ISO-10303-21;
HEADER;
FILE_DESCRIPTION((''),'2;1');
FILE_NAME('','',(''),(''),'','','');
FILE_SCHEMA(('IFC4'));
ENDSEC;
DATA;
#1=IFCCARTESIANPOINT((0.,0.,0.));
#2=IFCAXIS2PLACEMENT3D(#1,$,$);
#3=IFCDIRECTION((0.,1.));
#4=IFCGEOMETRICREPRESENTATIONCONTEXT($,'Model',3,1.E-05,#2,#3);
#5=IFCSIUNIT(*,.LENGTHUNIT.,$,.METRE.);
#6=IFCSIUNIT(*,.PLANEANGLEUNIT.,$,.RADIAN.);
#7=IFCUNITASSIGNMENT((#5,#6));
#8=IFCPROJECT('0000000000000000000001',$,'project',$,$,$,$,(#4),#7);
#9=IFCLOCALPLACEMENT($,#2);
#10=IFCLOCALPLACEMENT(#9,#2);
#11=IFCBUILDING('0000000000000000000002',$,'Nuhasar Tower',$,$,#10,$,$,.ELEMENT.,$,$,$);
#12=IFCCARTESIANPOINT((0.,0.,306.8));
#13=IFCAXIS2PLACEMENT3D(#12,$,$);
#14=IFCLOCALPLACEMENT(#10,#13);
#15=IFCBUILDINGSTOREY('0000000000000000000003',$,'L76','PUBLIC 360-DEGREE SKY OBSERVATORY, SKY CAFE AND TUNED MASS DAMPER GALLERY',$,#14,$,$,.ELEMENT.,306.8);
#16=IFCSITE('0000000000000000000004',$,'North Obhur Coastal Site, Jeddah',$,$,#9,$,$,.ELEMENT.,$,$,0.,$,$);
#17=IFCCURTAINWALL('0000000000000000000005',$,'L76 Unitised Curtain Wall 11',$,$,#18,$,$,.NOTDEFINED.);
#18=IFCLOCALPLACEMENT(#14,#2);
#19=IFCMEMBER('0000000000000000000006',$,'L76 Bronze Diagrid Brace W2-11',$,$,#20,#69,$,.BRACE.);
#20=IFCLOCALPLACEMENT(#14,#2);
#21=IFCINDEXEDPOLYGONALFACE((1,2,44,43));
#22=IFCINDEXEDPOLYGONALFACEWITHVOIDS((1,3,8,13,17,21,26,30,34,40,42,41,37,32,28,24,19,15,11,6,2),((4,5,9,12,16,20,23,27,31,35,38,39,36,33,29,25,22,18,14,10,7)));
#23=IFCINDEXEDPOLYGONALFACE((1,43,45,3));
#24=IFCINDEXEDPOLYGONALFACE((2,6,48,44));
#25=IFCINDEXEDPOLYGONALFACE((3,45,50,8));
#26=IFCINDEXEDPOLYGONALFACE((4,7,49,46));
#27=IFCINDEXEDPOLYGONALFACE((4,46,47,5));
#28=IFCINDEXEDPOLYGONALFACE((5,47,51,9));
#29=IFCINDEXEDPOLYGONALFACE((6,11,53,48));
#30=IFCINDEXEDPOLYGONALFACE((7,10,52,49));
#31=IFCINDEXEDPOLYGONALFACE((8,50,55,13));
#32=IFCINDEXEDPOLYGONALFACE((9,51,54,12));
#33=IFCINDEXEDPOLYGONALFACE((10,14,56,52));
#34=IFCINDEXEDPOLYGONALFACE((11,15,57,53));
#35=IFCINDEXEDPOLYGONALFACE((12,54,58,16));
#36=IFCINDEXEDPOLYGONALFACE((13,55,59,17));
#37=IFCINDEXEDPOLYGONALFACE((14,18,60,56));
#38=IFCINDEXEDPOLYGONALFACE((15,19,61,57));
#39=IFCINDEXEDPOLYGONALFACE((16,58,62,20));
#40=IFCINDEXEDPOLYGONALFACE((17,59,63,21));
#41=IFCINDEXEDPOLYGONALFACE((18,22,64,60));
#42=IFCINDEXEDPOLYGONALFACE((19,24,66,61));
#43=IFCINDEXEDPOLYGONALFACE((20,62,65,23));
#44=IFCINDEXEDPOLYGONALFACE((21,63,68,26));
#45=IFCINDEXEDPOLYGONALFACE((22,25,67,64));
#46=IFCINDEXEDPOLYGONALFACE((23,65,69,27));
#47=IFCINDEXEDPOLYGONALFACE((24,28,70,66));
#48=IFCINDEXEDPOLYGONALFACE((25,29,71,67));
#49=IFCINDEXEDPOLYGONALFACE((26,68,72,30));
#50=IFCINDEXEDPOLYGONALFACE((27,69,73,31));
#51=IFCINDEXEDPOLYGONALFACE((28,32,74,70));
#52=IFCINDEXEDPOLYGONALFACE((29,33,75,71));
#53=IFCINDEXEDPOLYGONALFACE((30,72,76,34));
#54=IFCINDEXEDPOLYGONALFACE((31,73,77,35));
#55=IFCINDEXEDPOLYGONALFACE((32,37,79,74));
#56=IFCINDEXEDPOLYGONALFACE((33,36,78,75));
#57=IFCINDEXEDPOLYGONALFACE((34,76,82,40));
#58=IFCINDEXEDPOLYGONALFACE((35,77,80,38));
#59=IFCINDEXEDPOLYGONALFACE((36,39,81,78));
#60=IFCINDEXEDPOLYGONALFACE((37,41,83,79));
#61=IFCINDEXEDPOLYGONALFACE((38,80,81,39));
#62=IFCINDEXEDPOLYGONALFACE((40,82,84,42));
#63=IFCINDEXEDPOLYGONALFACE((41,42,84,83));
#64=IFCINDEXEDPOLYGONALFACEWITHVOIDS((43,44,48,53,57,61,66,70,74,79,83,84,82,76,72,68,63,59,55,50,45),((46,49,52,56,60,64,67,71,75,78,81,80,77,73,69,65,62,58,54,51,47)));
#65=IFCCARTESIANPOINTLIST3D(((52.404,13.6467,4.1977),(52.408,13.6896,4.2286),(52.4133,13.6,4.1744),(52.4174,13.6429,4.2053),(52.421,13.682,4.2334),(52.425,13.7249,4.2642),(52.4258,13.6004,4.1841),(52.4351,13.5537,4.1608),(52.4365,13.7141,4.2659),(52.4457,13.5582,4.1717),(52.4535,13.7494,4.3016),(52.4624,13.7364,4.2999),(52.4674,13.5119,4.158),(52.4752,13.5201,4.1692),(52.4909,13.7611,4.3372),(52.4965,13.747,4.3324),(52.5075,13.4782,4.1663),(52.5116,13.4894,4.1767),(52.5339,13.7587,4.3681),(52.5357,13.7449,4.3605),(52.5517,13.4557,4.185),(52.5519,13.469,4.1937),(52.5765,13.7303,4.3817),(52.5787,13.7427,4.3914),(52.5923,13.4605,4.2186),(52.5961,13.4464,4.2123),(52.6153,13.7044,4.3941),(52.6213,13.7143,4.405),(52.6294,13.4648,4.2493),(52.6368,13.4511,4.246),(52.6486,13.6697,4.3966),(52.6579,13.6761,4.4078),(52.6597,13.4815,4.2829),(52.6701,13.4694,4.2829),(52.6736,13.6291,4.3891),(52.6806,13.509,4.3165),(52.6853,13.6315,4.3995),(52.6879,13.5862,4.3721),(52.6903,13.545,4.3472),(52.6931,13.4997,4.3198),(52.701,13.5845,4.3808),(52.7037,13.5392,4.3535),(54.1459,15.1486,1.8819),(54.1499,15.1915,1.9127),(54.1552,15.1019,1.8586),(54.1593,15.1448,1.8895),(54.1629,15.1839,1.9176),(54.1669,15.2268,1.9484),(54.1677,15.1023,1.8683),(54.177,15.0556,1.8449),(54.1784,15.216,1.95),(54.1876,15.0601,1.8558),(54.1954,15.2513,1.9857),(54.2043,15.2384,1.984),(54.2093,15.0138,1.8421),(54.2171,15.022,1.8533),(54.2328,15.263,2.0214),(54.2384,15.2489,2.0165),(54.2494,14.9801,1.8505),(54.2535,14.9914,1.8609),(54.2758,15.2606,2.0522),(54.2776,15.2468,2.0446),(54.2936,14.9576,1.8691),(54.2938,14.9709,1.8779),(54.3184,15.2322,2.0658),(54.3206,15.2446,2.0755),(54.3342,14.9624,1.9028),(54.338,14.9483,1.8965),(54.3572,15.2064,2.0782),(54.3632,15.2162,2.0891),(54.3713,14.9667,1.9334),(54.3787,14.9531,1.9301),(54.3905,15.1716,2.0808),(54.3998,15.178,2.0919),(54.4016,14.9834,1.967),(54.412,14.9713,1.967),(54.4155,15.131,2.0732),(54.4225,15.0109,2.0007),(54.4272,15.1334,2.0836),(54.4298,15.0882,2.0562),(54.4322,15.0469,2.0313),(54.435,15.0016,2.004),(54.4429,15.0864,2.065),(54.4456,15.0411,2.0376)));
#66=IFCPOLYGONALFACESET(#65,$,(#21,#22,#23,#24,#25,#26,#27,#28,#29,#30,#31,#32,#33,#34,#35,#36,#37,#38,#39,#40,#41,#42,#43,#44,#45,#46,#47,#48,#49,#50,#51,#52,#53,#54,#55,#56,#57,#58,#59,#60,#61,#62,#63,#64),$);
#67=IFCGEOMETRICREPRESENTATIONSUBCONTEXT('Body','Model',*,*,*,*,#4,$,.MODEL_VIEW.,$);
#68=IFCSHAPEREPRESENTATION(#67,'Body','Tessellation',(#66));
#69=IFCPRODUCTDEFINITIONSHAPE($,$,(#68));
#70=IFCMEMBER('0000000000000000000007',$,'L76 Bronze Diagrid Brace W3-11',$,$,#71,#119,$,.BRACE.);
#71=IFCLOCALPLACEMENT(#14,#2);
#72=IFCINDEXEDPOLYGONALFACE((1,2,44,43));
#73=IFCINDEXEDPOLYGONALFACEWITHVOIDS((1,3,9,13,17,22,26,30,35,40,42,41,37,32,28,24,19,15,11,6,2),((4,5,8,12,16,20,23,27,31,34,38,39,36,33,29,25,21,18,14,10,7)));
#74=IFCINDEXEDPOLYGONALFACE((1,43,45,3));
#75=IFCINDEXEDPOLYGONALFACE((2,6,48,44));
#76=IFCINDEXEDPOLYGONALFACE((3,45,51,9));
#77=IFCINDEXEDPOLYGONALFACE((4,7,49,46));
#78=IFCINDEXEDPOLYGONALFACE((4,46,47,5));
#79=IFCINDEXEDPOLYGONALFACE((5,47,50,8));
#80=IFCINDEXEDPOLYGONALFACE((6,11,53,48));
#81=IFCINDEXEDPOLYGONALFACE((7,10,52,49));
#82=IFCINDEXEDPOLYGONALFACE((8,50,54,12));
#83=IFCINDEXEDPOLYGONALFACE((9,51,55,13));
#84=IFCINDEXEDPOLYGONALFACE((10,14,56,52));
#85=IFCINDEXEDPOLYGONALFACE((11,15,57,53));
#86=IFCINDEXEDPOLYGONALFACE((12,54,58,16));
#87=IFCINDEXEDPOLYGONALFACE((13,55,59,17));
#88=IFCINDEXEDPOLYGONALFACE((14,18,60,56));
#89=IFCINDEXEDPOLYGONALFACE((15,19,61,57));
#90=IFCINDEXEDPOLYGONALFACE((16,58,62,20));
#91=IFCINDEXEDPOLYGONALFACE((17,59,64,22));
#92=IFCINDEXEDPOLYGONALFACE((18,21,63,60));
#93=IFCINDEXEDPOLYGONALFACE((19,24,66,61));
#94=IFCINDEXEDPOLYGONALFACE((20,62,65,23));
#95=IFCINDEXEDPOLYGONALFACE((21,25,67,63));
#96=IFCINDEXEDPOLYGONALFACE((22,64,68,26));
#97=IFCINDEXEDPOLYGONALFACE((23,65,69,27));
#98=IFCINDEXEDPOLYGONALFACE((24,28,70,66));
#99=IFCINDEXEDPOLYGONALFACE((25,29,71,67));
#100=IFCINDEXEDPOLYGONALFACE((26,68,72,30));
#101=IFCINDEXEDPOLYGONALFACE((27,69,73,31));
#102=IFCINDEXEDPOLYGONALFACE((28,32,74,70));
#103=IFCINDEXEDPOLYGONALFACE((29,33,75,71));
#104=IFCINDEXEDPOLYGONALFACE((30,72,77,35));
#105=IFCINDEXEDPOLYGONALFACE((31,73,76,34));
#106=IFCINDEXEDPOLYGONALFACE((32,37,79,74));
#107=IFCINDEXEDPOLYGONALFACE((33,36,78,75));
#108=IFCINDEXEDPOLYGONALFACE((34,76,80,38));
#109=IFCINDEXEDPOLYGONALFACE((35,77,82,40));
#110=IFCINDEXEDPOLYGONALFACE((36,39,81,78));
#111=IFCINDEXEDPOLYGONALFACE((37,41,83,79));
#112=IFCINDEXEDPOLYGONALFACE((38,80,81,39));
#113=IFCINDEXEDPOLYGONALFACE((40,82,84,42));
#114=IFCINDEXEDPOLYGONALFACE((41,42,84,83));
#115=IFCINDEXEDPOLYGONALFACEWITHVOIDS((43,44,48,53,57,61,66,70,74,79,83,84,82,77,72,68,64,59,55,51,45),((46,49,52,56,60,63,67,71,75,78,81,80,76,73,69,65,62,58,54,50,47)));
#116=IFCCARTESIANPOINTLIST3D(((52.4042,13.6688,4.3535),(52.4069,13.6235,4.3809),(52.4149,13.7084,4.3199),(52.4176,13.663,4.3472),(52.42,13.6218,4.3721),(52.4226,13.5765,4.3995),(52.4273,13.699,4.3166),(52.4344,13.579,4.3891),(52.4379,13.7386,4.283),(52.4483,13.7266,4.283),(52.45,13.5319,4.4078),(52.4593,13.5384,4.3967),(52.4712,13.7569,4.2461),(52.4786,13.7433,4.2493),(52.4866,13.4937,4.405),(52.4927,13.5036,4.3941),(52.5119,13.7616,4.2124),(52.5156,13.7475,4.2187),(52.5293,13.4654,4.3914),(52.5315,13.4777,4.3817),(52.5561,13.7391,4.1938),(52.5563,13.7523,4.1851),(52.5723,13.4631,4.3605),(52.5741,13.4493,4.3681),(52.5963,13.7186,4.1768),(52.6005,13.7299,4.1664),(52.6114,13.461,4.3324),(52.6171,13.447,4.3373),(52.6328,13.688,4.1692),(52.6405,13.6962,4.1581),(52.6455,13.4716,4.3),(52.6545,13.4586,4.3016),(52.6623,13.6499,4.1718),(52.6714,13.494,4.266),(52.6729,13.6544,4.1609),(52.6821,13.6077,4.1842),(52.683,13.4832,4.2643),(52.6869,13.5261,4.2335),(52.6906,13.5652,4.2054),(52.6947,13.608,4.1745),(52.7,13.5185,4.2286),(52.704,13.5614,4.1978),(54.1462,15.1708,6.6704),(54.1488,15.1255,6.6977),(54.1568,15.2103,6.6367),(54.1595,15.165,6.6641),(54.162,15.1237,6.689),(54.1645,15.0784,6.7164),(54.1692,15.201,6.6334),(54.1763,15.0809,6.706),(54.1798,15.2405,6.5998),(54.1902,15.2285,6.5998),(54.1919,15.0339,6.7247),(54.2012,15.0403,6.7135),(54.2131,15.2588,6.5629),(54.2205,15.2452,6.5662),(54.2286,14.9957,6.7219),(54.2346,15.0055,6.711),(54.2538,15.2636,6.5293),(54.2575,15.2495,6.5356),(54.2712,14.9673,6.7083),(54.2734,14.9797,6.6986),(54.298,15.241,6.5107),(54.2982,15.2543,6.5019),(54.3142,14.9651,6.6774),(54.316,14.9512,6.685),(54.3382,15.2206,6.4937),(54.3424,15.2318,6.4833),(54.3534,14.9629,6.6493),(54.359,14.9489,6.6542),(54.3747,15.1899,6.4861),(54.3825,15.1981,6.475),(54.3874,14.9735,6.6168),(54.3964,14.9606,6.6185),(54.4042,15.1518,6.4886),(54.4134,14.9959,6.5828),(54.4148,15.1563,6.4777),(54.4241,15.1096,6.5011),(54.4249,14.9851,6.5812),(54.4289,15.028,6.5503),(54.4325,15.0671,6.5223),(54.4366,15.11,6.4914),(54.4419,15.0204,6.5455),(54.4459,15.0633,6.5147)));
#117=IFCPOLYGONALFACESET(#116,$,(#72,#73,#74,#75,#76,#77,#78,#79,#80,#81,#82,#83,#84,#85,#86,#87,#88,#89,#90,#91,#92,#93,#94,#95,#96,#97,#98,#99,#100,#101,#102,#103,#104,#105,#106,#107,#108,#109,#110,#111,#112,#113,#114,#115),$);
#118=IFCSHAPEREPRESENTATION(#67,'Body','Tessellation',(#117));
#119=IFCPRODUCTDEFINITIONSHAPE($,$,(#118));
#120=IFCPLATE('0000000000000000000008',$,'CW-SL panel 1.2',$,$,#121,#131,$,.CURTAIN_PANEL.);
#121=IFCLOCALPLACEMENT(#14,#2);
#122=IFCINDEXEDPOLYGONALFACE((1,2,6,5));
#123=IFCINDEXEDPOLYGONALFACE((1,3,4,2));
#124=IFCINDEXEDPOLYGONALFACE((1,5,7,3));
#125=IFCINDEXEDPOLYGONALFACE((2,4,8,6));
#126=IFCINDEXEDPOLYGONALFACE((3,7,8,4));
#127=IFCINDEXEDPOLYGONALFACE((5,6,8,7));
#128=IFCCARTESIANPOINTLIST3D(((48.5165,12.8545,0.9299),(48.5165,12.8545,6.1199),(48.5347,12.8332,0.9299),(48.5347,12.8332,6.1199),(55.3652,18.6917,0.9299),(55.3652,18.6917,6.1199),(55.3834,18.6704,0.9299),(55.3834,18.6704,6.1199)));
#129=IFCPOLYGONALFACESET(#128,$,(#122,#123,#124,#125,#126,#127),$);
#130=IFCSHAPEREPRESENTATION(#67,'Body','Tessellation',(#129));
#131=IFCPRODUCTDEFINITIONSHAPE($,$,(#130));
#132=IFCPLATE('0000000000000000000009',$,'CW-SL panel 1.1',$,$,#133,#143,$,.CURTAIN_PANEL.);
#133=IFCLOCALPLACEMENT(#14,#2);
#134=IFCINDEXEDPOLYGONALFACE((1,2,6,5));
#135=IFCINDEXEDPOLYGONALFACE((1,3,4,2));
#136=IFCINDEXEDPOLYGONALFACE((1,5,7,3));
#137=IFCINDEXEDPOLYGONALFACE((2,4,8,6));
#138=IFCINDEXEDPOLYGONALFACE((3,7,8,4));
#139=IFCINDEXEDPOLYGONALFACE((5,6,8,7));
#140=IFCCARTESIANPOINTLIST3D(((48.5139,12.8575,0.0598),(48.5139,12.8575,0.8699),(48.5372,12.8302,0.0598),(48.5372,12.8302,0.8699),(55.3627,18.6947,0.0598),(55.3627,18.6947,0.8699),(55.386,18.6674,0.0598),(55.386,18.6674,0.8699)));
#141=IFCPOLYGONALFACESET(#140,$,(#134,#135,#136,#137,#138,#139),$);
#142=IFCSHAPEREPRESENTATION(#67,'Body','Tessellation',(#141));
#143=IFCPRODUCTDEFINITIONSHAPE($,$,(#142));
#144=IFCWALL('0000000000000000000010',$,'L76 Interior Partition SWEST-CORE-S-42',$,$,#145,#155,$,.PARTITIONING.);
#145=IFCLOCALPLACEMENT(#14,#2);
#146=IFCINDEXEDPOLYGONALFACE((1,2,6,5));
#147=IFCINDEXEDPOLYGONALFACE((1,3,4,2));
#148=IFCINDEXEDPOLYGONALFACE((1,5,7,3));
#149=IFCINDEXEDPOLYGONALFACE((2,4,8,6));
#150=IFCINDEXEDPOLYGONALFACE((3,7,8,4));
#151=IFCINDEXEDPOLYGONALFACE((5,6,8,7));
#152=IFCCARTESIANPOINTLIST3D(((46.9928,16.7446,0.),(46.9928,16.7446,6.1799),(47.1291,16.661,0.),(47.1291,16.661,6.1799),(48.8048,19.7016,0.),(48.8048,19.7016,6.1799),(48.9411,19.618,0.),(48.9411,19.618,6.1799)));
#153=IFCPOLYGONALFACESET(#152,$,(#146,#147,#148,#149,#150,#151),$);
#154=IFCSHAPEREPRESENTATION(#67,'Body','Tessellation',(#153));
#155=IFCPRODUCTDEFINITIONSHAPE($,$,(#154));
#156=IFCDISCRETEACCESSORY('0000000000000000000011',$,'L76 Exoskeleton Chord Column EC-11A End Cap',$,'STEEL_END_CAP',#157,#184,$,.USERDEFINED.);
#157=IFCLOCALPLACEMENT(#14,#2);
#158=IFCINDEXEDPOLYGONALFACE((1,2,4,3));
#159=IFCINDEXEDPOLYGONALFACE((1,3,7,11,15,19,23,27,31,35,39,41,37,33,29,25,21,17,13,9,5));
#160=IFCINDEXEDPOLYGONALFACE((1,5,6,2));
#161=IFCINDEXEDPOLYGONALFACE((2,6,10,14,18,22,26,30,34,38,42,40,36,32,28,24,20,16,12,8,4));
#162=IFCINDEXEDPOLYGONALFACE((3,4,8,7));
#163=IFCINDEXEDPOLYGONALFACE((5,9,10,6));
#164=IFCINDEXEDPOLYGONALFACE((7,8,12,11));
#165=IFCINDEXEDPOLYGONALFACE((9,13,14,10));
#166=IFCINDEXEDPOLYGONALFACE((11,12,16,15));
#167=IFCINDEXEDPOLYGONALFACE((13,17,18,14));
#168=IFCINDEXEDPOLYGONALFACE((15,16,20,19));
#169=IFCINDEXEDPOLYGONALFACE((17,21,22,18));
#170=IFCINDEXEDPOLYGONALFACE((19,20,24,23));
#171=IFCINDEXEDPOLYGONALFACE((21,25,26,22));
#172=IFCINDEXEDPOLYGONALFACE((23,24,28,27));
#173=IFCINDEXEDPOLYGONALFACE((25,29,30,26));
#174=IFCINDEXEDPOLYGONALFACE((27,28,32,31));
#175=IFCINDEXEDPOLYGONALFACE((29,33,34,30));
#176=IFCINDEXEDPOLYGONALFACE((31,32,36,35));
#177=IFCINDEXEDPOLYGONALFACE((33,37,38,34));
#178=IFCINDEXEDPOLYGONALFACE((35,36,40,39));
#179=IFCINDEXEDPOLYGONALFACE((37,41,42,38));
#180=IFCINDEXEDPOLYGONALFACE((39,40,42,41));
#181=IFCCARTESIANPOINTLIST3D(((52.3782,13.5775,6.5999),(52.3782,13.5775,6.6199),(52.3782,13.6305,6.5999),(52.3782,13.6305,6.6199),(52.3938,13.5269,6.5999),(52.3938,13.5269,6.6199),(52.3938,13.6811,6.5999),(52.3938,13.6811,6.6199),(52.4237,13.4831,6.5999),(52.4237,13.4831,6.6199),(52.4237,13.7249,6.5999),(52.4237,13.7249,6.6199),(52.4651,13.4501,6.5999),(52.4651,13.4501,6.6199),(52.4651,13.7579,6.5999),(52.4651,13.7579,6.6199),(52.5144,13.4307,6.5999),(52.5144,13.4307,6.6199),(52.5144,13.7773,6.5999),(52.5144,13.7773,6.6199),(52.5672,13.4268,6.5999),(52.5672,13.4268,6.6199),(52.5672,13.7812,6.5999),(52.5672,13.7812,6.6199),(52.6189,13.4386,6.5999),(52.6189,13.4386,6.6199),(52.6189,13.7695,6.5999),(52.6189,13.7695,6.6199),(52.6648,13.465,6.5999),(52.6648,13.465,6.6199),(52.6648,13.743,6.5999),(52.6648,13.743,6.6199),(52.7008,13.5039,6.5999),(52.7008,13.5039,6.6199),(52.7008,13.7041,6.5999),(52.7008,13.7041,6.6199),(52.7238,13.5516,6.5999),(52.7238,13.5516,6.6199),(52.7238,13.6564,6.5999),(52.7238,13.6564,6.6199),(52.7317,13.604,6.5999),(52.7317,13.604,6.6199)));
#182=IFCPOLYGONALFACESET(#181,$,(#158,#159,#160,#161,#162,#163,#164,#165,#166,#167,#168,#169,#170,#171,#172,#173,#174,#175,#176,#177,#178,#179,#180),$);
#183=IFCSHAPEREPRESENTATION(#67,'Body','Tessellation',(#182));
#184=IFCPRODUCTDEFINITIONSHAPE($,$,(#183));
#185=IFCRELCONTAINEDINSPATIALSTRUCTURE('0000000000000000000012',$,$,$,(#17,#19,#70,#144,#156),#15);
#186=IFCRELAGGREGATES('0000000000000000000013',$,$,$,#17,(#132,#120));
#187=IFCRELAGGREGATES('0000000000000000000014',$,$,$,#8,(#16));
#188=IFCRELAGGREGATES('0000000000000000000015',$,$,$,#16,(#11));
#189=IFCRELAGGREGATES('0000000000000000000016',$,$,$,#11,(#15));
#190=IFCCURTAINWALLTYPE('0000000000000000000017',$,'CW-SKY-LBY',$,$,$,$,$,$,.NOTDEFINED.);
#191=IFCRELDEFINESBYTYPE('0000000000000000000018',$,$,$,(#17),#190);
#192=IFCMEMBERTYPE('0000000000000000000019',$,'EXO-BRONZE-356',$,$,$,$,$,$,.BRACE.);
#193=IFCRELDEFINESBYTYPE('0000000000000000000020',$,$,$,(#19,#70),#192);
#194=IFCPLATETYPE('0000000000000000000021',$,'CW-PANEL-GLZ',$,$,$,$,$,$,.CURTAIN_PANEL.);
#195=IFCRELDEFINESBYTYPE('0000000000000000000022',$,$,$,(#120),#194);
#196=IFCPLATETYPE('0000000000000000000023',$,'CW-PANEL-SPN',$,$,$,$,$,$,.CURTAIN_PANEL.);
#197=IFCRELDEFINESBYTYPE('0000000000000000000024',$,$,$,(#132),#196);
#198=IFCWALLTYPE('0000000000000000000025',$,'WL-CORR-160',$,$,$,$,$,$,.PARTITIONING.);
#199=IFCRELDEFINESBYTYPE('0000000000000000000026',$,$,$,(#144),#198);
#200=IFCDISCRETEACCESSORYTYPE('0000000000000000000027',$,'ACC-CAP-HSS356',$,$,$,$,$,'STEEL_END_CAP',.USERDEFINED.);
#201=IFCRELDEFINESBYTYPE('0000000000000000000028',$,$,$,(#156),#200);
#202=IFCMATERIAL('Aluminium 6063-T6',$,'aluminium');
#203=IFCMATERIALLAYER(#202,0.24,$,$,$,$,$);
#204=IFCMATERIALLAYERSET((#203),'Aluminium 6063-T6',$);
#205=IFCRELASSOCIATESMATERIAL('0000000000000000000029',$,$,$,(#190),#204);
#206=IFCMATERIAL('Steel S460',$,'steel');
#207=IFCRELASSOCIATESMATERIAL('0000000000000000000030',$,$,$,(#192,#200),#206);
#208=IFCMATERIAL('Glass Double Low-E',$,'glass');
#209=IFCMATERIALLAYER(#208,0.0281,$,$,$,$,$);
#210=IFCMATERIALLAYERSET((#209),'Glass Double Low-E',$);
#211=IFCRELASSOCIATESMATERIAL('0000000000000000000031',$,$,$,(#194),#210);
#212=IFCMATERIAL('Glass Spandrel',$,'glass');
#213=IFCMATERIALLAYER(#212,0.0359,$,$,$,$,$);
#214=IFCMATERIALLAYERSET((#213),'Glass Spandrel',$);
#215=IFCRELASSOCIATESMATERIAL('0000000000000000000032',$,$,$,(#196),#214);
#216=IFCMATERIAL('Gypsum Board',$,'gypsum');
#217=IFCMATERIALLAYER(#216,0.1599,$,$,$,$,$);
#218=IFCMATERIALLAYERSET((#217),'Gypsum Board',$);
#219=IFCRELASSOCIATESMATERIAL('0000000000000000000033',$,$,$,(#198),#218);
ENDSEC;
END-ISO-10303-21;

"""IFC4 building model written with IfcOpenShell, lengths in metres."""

from ifc_helpers import new_model, si_unit, direction, frame, frame_2d, origin, origin_2d, place, context, subcontext, project, spatial, rectangle, circle, hollow_circle, extrude, material, layer, layer_set, material_profile, profile_set, type_object, element, aggregate, save


model = new_model("IFC4")

# Units and contexts
model_context = context("Model", 3, precision=1e-05, world=origin(), true_north=direction((0.0, 1.0)))
body_context = subcontext(model_context, "Body", "Model", "MODEL_VIEW")
ifc_project = project(units=[si_unit("LENGTHUNIT", "METRE"), si_unit("PLANEANGLEUNIT", "RADIAN")], contexts=[model_context])

# Site, building, storey
site_placement = place(None, origin())
site = spatial("IfcSite", under=ifc_project, at=site_placement, Name="North Obhur Coastal Site, Jeddah", CompositionType="ELEMENT", RefElevation=0.0)
building_placement = place(site_placement, origin())
building = spatial("IfcBuilding", under=site, at=building_placement, Name="Nuhasar Tower", CompositionType="ELEMENT")
storey_placement = place(building_placement, frame((0.0, 0.0, 306.8)))
storey = spatial("IfcBuildingStorey", under=building, at=storey_placement, Name="L76", Description="PUBLIC 360-DEGREE SKY OBSERVATORY, SKY CAFE AND TUNED MASS DAMPER GALLERY", CompositionType="ELEMENT", Elevation=306.8)

# Shared definitions
ifc_material_1 = material(Name="Steel S460", Category="steel")

# Shared definitions
ifc_material_2 = material(Name="Aluminium 6063-T6", Category="aluminium")
ifc_layer_1 = layer(ifc_material_2, 0.24)
ifc_layer_set_1 = layer_set([ifc_layer_1], Name="Aluminium 6063-T6")
curtain_wall_type = type_object("IfcCurtainWallType", Name="CW-SKY-LBY", PredefinedType="NOTDEFINED", material=ifc_layer_set_1)

# Curtain wall
curtain_wall_1_placement = place(storey_placement, origin())
curtain_wall_1 = element("IfcCurtainWall", 1, at=curtain_wall_1_placement, inside=storey, type_object=curtain_wall_type, Name="L76 Unitised Curtain Wall 11", PredefinedType="NOTDEFINED")

# Members
ifc_material_profile_1 = material_profile(ifc_material_1, hollow_circle(Radius=0.1777, WallThickness=0.0159, at=origin_2d()), Name="HSS355.6X15.9")
ifc_profile_set_1 = profile_set([ifc_material_profile_1], Name="Steel S460")
member_type_1 = type_object("IfcMemberType", Name="EXO-BRONZE-356", PredefinedType="BRACE", material=ifc_profile_set_1)
member_1_placement = place(storey_placement, frame((54.2959, 15.106, 1.967), z_axis=(-0.533683, -0.460157, 0.709533), x_axis=(0.653009, -0.75735, 0.0)))
element("IfcMember", 2, at=member_1_placement, inside=storey, type_object=member_type_1, Name="L76 Bronze Diagrid Brace W2-11", PredefinedType="BRACE", context=body_context, shape_type="SweptSolid", body=[
    extrude(hollow_circle(Radius=0.1777, WallThickness=0.0159, at=origin_2d()), origin(), (0.0, 0.0, 1.0), 3.2639),
])
member_2_placement = place(storey_placement, frame((52.554, 13.604, 4.283), z_axis=(0.53357, 0.460059, 0.709682), x_axis=(-0.653009, 0.75735, 0.0)))
element("IfcMember", 3, at=member_2_placement, inside=storey, type_object=member_type_1, Name="L76 Bronze Diagrid Brace W3-11", PredefinedType="BRACE", context=body_context, shape_type="SweptSolid", body=[
    extrude(hollow_circle(Radius=0.1777, WallThickness=0.0159, at=origin_2d()), origin(), (0.0, 0.0, 1.0), 3.2646),
])

# Plates
ifc_material_3 = material(Name="Glass Double Low-E", Category="glass")
ifc_layer_2 = layer(ifc_material_3, 0.0281)
ifc_layer_set_2 = layer_set([ifc_layer_2], Name="Glass Double Low-E")
plate_type_1 = type_object("IfcPlateType", Name="CW-PANEL-GLZ", PredefinedType="CURTAIN_PANEL", material=ifc_layer_set_2)
plate_1_placement = place(storey_placement, frame((51.95, 15.7625, 0.9299), z_axis=(0.0, 0.0, 1.0), x_axis=(0.761073, 0.648666, 0.0)))
plate_1 = element("IfcPlate", 4, at=plate_1_placement, type_object=plate_type_1, Name="CW-SL panel 1.2", PredefinedType="CURTAIN_PANEL", context=body_context, shape_type="SweptSolid", body=[
    extrude(rectangle(XDim=8.9988, YDim=0.0281, at=origin_2d()), origin(), (0.0, 0.0, 1.0), 5.1899),
])
ifc_material_4 = material(Name="Glass Spandrel", Category="glass")
ifc_layer_3 = layer(ifc_material_4, 0.0359)
ifc_layer_set_3 = layer_set([ifc_layer_3], Name="Glass Spandrel")
plate_type_2 = type_object("IfcPlateType", Name="CW-PANEL-SPN", PredefinedType="CURTAIN_PANEL", material=ifc_layer_set_3)
plate_2_placement = place(storey_placement, frame((51.95, 15.7625, 0.0598), z_axis=(0.0, 0.0, 1.0), x_axis=(0.761073, 0.648666, 0.0)))
plate_2 = element("IfcPlate", 5, at=plate_2_placement, type_object=plate_type_2, Name="CW-SL panel 1.1", PredefinedType="CURTAIN_PANEL", context=body_context, shape_type="SweptSolid", body=[
    extrude(rectangle(XDim=8.9988, YDim=0.0359, at=origin_2d()), origin(), (0.0, 0.0, 1.0), 0.8101),
])
aggregate(curtain_wall_1, [plate_2, plate_1])

# Wall
ifc_material_5 = material(Name="Gypsum Board", Category="gypsum")
ifc_layer_4 = layer(ifc_material_5, 0.1599)
ifc_layer_set_4 = layer_set([ifc_layer_4], Name="Gypsum Board")
wall_type = type_object("IfcWallType", Name="WL-CORR-160", PredefinedType="PARTITIONING", material=ifc_layer_set_4)
wall_placement = place(storey_placement, frame((47.061, 16.7029, 0.0), z_axis=(0.0, 0.0, 1.0), x_axis=(0.522486, 0.852648, 0.0)))
element("IfcWall", 6, at=wall_placement, inside=storey, type_object=wall_type, Name="L76 Interior Partition SWEST-CORE-S-42", PredefinedType="PARTITIONING", context=body_context, shape_type="SweptSolid", body=[
    extrude(rectangle(XDim=3.468, YDim=0.1599, at=frame_2d((1.7339, 0.0))), origin(), (0.0, 0.0, 1.0), 6.1799),
])

# Discrete accessory
discrete_accessory_type_1 = type_object("IfcDiscreteAccessoryType", Name="ACC-CAP-HSS356", ElementType="STEEL_END_CAP", PredefinedType="USERDEFINED", material=ifc_material_1)
discrete_accessory_placement = place(storey_placement, frame((52.554, 13.604, 6.5999), z_axis=(0.0, 0.0, 1.0), x_axis=(1.0, 0.0, 0.0)))
element("IfcDiscreteAccessory", 7, at=discrete_accessory_placement, inside=storey, type_object=discrete_accessory_type_1, Name="L76 Exoskeleton Chord Column EC-11A End Cap", ObjectType="STEEL_END_CAP", PredefinedType="USERDEFINED", context=body_context, shape_type="SweptSolid", body=[
    extrude(circle(Radius=0.1777, at=origin_2d()), origin(), (0.0, 0.0, 1.0), 0.02),
])

save(model, "model.ifc")
